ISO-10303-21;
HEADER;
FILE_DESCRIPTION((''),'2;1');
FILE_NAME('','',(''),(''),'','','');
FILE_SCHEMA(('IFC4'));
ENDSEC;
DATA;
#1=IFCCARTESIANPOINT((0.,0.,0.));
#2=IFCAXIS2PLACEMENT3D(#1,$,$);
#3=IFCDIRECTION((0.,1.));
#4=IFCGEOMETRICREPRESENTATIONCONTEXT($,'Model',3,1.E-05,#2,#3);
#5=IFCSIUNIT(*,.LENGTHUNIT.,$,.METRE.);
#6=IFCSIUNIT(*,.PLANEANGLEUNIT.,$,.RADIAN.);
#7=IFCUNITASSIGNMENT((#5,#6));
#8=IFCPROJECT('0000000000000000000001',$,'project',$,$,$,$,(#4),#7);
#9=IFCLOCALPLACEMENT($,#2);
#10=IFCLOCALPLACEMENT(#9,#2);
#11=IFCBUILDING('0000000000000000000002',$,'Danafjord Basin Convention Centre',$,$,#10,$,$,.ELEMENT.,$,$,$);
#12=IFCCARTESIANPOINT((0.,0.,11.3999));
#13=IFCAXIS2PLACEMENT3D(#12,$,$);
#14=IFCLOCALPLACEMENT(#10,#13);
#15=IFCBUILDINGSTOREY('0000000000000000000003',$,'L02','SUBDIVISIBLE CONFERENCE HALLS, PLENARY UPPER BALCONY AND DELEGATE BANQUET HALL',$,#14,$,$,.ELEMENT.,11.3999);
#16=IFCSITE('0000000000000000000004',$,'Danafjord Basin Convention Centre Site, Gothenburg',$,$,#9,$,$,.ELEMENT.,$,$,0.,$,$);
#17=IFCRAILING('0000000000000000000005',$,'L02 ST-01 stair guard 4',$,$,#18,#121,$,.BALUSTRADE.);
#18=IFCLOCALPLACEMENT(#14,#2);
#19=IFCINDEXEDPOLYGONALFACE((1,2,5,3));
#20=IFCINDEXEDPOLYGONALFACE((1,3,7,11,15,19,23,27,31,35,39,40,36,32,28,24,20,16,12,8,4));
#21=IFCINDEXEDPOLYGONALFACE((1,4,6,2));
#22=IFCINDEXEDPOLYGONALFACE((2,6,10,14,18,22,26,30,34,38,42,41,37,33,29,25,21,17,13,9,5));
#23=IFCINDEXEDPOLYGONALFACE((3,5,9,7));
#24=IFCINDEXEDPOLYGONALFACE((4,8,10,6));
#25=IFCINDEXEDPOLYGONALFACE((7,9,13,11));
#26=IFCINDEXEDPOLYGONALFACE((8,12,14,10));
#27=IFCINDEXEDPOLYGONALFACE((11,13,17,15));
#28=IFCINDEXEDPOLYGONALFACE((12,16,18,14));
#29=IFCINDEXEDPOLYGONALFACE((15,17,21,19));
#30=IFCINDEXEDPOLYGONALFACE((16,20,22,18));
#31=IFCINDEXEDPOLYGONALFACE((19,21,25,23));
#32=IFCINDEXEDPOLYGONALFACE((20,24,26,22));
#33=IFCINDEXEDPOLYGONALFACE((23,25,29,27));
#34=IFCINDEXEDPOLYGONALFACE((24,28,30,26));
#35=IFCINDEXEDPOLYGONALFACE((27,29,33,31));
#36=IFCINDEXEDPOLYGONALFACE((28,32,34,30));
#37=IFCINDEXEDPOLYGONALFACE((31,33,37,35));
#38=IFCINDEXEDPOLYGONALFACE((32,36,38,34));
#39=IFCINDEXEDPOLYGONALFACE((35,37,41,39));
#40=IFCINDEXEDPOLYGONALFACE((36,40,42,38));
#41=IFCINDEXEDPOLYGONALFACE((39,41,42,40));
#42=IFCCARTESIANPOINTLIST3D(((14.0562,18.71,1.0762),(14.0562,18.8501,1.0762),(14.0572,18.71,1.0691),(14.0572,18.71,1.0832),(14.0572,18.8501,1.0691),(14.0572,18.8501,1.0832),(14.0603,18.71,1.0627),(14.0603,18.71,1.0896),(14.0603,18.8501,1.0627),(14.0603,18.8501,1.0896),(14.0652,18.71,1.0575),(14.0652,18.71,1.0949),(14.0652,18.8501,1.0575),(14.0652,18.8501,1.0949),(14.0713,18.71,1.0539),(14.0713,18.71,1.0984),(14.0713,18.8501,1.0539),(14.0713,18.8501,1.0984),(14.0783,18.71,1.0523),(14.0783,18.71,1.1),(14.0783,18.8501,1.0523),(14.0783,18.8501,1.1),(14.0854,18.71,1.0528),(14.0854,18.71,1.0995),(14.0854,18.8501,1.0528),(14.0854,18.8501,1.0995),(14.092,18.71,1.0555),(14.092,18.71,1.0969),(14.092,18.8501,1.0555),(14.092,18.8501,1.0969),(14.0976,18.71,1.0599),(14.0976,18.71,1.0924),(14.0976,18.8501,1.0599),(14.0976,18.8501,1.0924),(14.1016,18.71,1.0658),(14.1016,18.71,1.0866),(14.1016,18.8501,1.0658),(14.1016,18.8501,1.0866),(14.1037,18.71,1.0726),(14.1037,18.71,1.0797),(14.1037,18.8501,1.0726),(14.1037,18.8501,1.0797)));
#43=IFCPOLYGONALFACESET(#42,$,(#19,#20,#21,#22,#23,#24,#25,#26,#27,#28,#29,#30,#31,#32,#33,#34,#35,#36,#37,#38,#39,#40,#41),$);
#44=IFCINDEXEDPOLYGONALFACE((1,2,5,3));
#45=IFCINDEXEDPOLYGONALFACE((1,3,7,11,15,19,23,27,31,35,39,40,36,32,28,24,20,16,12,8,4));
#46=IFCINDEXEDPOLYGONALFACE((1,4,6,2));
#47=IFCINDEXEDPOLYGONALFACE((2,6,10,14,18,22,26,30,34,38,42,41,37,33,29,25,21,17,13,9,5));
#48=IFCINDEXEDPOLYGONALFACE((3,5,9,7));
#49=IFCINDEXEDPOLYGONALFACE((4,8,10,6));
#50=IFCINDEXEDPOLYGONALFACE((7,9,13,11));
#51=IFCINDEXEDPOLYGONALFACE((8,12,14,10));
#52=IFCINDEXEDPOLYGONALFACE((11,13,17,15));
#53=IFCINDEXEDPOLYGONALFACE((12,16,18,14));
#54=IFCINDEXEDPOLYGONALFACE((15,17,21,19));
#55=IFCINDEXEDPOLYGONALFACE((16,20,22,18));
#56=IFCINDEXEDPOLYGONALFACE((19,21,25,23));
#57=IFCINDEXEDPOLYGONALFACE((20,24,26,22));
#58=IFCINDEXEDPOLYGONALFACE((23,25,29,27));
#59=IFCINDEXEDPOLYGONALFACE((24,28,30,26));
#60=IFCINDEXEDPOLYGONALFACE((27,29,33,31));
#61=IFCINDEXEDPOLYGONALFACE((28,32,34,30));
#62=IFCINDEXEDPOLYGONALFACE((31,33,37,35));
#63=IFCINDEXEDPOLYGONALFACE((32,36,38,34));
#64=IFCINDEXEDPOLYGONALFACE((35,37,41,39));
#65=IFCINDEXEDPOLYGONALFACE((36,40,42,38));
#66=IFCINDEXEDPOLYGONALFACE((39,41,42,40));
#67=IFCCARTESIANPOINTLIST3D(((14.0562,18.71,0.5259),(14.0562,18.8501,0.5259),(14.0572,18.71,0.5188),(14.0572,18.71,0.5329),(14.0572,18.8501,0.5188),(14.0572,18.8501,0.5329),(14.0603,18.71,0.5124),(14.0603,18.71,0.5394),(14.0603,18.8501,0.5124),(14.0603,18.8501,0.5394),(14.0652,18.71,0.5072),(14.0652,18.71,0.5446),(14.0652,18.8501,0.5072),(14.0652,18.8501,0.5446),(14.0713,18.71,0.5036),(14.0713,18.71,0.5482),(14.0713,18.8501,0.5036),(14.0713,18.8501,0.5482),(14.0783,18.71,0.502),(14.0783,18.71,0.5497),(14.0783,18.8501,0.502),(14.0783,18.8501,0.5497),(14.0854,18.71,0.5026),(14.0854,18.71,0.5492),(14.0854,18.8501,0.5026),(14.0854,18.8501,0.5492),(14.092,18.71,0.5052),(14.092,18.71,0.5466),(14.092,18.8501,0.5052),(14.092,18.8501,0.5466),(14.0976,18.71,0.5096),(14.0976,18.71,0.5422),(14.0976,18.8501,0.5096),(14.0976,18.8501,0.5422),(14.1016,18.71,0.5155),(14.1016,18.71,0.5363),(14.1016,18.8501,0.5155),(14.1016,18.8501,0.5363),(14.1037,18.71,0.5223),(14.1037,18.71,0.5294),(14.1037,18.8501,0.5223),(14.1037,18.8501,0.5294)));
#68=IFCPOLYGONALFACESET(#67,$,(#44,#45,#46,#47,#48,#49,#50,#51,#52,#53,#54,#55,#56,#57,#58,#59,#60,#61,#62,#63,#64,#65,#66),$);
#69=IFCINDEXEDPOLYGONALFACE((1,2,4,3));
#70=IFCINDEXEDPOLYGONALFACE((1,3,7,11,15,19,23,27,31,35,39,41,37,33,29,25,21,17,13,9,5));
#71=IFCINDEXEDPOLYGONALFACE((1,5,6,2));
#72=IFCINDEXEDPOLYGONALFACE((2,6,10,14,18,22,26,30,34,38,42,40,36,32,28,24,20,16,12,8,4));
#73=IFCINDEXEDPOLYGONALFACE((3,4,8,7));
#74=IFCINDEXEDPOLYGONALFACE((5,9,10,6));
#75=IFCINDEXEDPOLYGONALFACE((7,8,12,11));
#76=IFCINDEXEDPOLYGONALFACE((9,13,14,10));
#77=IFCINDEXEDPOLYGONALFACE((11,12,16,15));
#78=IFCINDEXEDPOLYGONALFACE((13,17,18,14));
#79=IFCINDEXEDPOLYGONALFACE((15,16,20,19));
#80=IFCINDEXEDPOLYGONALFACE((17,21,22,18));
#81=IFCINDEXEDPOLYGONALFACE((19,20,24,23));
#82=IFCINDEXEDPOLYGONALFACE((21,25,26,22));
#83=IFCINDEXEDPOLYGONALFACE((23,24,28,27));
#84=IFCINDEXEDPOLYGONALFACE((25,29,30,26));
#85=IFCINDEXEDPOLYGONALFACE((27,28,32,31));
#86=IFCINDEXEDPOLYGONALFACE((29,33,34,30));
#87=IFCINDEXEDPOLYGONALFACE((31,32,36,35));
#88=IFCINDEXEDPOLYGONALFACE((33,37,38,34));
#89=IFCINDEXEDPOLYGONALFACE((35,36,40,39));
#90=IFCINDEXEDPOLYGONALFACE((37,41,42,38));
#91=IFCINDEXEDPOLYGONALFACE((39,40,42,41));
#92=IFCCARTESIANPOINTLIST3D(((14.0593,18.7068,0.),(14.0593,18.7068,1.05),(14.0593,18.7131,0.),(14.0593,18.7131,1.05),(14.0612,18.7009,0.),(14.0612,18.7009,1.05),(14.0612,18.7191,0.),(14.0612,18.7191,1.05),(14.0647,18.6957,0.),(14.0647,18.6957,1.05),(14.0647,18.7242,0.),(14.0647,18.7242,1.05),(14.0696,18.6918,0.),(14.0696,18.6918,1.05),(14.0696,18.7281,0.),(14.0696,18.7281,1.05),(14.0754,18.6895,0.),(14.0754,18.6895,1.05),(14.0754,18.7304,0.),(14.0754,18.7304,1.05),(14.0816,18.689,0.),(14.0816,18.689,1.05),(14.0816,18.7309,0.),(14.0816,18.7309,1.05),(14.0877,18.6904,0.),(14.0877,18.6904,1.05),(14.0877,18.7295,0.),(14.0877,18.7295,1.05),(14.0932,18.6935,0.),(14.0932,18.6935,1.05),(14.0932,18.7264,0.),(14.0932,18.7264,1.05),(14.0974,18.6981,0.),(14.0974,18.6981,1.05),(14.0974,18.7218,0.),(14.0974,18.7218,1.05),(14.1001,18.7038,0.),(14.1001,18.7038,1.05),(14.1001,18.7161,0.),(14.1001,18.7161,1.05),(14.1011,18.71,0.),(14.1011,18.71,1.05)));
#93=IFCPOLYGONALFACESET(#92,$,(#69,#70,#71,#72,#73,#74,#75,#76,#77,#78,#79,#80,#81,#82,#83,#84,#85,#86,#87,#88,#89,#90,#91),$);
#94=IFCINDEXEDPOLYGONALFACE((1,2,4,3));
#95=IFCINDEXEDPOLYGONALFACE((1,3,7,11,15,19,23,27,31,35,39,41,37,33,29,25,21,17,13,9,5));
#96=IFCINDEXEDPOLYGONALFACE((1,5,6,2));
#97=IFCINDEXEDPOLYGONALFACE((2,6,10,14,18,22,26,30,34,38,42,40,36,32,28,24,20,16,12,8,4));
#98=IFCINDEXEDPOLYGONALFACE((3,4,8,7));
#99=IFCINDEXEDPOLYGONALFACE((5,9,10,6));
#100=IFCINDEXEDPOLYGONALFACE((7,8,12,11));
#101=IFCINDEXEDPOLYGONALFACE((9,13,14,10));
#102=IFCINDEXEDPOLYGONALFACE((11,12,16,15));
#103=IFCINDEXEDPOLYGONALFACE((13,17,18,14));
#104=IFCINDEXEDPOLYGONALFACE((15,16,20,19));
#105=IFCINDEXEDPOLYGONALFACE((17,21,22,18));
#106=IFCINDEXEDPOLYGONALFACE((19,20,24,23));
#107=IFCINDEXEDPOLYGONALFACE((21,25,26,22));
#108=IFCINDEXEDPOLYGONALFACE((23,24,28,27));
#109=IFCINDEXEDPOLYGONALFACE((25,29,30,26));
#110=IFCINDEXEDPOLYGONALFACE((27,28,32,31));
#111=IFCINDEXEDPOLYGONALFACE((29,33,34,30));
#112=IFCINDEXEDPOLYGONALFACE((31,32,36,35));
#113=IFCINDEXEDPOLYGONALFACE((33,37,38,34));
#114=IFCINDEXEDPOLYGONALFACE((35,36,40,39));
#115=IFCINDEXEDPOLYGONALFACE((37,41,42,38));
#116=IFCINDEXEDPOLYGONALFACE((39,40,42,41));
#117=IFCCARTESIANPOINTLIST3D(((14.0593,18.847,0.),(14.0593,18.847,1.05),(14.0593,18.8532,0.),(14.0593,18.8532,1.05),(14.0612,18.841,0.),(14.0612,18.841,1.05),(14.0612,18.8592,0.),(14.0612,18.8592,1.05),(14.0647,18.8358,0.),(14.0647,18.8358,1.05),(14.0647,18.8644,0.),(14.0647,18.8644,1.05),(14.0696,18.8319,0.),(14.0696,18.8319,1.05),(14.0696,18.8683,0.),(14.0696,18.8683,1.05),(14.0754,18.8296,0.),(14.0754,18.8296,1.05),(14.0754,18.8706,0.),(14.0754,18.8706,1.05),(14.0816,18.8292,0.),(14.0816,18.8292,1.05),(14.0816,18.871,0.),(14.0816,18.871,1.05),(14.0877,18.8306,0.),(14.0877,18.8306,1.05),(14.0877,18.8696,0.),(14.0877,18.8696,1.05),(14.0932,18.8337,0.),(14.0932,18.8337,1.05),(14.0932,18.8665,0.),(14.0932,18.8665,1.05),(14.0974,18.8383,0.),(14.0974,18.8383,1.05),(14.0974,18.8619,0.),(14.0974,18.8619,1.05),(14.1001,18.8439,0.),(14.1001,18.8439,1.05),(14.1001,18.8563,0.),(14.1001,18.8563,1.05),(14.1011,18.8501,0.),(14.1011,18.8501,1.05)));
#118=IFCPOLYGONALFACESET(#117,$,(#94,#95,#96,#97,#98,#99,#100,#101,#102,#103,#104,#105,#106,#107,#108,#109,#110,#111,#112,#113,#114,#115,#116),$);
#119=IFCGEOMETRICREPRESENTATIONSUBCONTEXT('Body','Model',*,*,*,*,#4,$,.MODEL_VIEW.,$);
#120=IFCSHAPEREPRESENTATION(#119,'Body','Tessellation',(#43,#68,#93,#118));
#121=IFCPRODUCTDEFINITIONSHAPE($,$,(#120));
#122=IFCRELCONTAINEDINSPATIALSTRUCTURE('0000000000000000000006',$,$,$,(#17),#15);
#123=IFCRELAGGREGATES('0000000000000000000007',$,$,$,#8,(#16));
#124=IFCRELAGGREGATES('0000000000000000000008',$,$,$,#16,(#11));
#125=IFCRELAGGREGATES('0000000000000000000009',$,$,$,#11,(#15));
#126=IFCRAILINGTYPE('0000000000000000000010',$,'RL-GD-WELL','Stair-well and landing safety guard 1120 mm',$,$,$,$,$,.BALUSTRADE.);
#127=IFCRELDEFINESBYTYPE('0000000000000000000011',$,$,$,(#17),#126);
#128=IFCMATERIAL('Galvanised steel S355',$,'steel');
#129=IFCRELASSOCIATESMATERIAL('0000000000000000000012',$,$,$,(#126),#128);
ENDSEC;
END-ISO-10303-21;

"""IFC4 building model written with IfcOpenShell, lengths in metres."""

from ifc_helpers import new_model, si_unit, direction, frame, origin, origin_2d, place, context, subcontext, project, spatial, circle, extrude, material, type_object, element, save


model = new_model("IFC4")

# Units and contexts
model_context = context("Model", 3, precision=1e-05, world=origin(), true_north=direction((0.0, 1.0)))
body_context = subcontext(model_context, "Body", "Model", "MODEL_VIEW")
ifc_project = project(units=[si_unit("LENGTHUNIT", "METRE"), si_unit("PLANEANGLEUNIT", "RADIAN")], contexts=[model_context])

# Site, building, storey
site_placement = place(None, origin())
site = spatial("IfcSite", under=ifc_project, at=site_placement, Name="Danafjord Basin Convention Centre Site, Gothenburg", CompositionType="ELEMENT", RefElevation=0.0)
building_placement = place(site_placement, origin())
building = spatial("IfcBuilding", under=site, at=building_placement, Name="Danafjord Basin Convention Centre", CompositionType="ELEMENT")
storey_placement = place(building_placement, frame((0.0, 0.0, 11.3999)))
storey = spatial("IfcBuildingStorey", under=building, at=storey_placement, Name="L02", Description="SUBDIVISIBLE CONFERENCE HALLS, PLENARY UPPER BALCONY AND DELEGATE BANQUET HALL", CompositionType="ELEMENT", Elevation=11.3999)

# Railing
ifc_material_1 = material(Name="Galvanised steel S355", Category="steel")
railing_type_1 = type_object("IfcRailingType", Name="RL-GD-WELL", Description="Stair-well and landing safety guard 1120 mm", PredefinedType="BALUSTRADE", material=ifc_material_1)
railing_1_placement = place(storey_placement, frame((14.0801, 18.71, 0.0)))
element("IfcRailing", 1, at=railing_1_placement, inside=storey, type_object=railing_type_1, Name="L02 ST-01 stair guard 4", PredefinedType="BALUSTRADE", context=body_context, shape_type="SweptSolid", body=[
    extrude(circle(Radius=0.0239, at=origin_2d()), frame((0.0, 0.0, 1.0762), z_axis=(0.0, 1.0, 0.0), x_axis=(-1.0, 0.0, 0.0)), (0.0, 0.0, 1.0), 0.1401),
    extrude(circle(Radius=0.0239, at=origin_2d()), frame((0.0, 0.0, 0.5259), z_axis=(0.0, 1.0, 0.0), x_axis=(-1.0, 0.0, 0.0)), (0.0, 0.0, 1.0), 0.1401),
    extrude(circle(Radius=0.021, at=origin_2d()), origin(), (0.0, 0.0, 1.0), 1.05),
    extrude(circle(Radius=0.021, at=origin_2d()), frame((0.0, 0.1401, 0.0)), (0.0, 0.0, 1.0), 1.05),
])

save(model, "model.ifc")
